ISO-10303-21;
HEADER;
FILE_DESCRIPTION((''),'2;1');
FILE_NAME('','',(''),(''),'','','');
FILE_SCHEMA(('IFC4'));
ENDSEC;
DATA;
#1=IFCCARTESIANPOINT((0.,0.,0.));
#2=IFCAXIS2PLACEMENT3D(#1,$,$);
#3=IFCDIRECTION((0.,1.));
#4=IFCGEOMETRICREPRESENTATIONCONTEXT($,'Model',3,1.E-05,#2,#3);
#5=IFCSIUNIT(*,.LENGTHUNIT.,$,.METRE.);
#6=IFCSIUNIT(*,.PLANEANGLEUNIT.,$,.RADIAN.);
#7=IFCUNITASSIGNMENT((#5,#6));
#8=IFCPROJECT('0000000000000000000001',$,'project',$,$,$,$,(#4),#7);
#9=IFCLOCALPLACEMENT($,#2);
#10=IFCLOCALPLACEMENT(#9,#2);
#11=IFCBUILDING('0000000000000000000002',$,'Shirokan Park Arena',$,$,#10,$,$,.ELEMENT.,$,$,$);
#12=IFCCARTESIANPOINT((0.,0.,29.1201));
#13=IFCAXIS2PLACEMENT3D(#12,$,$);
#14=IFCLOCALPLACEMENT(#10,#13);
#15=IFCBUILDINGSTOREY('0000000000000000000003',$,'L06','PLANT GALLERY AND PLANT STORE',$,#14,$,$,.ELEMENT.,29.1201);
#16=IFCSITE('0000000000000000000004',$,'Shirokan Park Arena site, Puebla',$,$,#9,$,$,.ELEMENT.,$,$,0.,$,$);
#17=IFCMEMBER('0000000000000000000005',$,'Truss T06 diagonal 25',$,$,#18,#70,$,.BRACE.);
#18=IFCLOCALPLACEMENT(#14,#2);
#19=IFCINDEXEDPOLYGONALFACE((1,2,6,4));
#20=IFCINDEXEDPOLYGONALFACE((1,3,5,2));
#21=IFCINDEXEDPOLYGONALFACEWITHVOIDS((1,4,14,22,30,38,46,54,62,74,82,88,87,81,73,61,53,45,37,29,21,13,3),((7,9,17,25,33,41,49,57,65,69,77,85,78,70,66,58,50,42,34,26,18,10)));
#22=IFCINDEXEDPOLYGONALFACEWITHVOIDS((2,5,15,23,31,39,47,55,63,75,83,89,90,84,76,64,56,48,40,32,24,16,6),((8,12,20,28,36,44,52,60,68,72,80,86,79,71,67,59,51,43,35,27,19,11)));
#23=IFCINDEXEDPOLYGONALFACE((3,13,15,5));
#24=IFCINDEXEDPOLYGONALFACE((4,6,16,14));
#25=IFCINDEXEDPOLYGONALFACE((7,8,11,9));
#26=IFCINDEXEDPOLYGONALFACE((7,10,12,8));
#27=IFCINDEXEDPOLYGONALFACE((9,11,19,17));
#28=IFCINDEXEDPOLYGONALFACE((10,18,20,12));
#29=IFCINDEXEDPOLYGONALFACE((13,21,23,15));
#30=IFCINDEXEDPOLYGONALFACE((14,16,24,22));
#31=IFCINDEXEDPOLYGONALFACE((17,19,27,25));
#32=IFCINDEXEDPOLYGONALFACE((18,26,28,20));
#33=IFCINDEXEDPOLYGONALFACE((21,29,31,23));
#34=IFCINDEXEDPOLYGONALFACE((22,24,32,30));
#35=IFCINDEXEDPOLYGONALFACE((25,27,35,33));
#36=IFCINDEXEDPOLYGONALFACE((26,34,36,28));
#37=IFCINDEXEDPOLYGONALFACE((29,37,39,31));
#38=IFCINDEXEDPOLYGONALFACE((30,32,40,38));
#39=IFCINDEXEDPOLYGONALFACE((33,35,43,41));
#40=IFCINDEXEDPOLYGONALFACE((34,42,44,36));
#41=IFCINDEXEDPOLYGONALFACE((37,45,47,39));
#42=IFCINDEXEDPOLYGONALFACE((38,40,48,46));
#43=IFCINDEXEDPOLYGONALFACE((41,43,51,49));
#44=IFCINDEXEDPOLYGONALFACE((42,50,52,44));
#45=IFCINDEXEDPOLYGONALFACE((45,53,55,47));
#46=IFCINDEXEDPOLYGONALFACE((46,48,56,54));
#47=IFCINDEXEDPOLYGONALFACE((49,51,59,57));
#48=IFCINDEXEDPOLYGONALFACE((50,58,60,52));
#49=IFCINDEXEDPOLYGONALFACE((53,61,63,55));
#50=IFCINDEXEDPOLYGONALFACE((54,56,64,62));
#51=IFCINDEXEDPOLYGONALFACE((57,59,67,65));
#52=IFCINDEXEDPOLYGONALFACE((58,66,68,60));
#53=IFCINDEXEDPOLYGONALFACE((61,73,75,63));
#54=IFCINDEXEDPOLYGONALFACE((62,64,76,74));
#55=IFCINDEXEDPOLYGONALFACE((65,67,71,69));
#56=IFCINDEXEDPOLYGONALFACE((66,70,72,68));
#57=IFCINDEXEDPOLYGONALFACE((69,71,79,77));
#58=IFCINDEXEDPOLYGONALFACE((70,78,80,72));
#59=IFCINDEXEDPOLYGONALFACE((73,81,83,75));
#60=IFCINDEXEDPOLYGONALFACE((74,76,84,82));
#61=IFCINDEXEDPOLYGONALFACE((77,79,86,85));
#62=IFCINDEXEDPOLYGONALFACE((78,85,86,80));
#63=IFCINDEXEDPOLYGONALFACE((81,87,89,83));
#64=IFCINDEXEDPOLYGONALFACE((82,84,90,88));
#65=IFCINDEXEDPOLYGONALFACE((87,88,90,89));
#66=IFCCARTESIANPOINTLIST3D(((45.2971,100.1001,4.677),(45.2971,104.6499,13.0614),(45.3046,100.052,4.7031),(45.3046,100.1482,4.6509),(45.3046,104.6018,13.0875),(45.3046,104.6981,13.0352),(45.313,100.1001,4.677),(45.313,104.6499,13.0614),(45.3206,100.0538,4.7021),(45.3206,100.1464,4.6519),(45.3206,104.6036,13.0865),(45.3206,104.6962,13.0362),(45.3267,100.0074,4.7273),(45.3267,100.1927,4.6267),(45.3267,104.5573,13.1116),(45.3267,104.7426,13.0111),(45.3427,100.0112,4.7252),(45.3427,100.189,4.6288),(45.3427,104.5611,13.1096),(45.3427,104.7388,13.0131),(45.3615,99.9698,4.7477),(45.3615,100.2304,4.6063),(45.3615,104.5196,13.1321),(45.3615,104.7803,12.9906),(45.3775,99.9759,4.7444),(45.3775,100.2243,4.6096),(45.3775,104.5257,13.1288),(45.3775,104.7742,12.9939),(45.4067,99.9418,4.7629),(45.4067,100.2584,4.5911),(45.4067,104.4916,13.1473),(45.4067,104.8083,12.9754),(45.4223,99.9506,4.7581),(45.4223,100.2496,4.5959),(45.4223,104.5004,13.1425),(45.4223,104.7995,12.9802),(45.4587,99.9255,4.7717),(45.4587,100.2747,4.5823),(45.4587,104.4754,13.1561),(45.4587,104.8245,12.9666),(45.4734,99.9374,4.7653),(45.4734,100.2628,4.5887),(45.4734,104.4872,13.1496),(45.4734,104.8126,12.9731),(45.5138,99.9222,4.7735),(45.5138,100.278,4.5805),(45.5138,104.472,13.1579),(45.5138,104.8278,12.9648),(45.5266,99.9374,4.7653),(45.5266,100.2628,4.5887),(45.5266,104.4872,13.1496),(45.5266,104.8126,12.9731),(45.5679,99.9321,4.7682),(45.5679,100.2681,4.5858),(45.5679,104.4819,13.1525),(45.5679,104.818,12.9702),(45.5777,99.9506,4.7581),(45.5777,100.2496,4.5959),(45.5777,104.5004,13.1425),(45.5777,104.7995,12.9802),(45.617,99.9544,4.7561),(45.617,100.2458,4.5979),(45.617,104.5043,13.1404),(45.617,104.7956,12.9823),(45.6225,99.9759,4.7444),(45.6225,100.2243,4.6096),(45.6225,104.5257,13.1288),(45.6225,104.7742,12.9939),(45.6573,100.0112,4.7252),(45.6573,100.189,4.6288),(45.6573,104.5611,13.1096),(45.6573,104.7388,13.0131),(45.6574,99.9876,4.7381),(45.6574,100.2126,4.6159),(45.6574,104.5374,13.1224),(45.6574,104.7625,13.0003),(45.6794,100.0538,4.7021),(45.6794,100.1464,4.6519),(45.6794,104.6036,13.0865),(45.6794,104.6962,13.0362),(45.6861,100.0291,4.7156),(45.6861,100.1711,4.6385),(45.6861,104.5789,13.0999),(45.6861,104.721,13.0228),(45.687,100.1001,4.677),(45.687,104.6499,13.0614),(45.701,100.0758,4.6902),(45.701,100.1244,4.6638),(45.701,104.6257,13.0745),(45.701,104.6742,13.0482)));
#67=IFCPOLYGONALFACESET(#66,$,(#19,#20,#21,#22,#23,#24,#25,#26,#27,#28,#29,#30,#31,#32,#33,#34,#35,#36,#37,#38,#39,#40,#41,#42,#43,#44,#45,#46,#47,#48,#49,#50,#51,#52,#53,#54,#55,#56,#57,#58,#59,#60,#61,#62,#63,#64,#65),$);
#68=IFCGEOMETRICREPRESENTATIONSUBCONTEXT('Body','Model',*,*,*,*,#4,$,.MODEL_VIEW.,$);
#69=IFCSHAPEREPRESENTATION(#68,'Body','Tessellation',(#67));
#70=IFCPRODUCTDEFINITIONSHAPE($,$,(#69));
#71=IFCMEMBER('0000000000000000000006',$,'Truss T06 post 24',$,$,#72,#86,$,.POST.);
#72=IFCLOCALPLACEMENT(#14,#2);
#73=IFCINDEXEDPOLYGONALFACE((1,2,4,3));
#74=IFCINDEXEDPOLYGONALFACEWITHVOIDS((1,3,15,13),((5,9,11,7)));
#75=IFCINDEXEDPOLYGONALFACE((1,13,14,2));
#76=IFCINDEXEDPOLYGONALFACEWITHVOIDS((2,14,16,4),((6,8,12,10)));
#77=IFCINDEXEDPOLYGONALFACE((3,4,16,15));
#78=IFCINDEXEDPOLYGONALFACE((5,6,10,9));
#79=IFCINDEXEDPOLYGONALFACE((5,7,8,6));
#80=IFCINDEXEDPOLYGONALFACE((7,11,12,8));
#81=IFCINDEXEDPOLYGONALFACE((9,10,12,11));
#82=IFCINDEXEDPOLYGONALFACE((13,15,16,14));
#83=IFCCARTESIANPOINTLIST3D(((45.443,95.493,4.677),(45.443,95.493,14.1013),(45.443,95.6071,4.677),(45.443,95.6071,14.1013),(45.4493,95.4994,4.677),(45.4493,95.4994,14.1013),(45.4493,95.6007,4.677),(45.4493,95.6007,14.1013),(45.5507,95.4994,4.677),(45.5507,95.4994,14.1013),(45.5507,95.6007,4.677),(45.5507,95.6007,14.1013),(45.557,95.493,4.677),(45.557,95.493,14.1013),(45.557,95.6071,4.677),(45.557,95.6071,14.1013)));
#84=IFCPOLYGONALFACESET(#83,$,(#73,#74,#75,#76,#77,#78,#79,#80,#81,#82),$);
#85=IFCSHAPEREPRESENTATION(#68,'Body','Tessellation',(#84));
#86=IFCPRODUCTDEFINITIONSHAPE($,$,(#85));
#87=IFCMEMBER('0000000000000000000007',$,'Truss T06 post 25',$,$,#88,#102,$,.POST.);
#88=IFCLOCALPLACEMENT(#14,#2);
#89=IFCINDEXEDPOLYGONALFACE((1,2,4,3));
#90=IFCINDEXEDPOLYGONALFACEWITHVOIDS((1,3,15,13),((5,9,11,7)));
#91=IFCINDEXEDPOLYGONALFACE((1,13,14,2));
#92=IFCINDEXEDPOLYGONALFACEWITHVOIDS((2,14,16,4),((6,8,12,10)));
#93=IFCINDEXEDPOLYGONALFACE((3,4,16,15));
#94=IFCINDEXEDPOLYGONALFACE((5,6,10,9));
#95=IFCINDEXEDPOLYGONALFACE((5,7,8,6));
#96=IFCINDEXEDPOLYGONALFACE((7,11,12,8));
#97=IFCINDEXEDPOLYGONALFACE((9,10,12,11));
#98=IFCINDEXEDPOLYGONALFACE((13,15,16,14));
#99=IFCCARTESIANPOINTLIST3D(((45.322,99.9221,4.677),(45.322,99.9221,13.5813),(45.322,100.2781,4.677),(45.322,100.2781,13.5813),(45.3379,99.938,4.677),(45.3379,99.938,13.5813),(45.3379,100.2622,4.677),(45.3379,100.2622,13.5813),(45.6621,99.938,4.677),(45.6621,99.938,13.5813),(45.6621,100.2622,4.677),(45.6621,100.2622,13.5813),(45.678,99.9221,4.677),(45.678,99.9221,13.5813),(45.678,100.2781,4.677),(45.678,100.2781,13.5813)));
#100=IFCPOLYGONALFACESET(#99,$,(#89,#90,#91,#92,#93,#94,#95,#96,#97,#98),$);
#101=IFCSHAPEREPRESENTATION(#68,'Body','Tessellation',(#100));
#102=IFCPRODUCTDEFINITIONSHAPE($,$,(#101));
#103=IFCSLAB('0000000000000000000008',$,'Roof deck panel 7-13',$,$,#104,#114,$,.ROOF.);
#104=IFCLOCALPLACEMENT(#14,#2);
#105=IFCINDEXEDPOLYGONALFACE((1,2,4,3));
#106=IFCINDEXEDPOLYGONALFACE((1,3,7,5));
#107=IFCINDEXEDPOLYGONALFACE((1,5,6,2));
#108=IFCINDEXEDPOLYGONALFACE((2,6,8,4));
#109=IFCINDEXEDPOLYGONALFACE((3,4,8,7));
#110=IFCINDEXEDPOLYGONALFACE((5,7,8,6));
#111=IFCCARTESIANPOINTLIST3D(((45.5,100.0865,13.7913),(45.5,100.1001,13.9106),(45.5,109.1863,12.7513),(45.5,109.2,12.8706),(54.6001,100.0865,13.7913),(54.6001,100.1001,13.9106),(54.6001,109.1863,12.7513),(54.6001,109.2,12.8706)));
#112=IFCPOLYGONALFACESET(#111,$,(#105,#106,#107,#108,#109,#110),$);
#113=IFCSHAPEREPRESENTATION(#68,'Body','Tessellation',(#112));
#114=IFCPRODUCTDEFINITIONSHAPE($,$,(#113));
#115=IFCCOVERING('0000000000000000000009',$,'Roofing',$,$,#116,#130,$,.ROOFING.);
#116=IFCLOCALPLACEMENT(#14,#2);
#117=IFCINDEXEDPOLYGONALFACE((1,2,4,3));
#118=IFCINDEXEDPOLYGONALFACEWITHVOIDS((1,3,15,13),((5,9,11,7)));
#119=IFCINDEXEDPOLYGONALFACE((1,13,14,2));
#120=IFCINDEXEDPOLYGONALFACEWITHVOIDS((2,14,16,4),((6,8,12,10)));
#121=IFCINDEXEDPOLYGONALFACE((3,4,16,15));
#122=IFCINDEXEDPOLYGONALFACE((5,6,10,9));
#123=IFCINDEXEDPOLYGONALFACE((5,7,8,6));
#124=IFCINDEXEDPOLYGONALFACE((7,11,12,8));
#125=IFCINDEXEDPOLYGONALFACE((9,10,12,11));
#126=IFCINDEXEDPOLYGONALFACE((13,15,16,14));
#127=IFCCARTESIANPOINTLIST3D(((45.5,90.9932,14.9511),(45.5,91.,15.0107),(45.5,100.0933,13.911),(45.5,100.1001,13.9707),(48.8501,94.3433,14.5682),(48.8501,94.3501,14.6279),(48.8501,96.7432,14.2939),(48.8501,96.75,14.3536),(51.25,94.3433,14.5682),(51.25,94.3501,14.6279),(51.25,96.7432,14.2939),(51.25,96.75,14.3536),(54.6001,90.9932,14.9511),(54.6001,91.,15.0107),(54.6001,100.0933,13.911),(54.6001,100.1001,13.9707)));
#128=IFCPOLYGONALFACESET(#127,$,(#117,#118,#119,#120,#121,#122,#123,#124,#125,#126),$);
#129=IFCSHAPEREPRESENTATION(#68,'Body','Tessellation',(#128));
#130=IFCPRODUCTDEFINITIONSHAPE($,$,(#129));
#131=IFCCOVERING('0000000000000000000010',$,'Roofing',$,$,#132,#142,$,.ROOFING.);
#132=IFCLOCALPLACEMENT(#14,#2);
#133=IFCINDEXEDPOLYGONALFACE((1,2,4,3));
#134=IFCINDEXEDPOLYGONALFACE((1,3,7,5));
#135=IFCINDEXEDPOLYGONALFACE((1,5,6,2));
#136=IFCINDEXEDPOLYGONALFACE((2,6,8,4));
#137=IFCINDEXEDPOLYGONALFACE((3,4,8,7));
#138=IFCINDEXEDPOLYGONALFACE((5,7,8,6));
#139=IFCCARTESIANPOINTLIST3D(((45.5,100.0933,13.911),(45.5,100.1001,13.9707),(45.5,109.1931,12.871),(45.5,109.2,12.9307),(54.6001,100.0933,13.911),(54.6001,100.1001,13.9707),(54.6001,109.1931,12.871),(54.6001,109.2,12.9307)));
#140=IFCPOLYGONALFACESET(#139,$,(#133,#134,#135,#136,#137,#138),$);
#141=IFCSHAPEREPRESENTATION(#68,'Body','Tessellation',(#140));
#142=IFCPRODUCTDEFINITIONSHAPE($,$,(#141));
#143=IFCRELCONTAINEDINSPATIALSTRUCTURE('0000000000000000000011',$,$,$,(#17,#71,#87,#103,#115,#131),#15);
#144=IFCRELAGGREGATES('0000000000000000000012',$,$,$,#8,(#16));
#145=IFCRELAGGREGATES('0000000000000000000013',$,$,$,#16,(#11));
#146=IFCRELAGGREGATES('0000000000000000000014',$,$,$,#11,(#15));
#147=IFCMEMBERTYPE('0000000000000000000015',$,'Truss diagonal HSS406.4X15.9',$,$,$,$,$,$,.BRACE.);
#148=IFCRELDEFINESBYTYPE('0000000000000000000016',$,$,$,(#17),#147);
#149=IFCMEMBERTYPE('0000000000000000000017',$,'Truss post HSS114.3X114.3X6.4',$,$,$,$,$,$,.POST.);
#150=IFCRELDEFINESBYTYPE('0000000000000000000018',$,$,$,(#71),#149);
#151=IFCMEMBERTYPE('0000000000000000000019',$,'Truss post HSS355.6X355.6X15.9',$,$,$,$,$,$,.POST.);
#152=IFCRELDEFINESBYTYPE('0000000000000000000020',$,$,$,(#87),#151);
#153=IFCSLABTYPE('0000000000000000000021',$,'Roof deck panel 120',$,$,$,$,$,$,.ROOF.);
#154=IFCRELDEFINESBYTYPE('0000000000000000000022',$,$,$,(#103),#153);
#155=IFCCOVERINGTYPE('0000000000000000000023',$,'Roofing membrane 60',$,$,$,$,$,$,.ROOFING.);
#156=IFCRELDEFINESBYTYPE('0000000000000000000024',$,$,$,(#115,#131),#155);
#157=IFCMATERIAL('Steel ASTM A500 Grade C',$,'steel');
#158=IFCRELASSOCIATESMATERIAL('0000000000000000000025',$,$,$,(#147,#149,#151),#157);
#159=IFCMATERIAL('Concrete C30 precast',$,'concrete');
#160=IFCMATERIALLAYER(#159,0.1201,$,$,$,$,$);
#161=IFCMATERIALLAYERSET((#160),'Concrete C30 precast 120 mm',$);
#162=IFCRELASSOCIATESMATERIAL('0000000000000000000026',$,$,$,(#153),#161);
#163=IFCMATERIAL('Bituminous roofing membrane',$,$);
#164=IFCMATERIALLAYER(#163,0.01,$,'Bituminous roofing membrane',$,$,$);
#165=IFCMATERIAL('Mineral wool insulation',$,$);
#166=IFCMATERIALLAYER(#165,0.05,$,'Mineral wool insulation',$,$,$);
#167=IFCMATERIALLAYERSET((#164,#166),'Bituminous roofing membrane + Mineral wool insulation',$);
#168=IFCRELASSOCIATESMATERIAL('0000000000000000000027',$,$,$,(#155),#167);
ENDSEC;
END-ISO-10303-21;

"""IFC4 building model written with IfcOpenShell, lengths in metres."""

from ifc_helpers import new_model, si_unit, direction, frame, origin, origin_2d, place, context, subcontext, project, spatial, polyline, hollow_rectangle, hollow_circle, outline, extrude, material, layer, layer_set, material_profile, profile_set, type_object, element, save


model = new_model("IFC4")

# Units and contexts
model_context = context("Model", 3, precision=1e-05, world=origin(), true_north=direction((0.0, 1.0)))
body_context = subcontext(model_context, "Body", "Model", "MODEL_VIEW")
ifc_project = project(units=[si_unit("LENGTHUNIT", "METRE"), si_unit("PLANEANGLEUNIT", "RADIAN")], contexts=[model_context])

# Site, building, storey
site_placement = place(None, origin())
site = spatial("IfcSite", under=ifc_project, at=site_placement, Name="Shirokan Park Arena site, Puebla", CompositionType="ELEMENT", RefElevation=0.0)
building_placement = place(site_placement, origin())
building = spatial("IfcBuilding", under=site, at=building_placement, Name="Shirokan Park Arena", CompositionType="ELEMENT")
storey_placement = place(building_placement, frame((0.0, 0.0, 29.1201)))
storey = spatial("IfcBuildingStorey", under=building, at=storey_placement, Name="L06", Description="PLANT GALLERY AND PLANT STORE", CompositionType="ELEMENT", Elevation=29.1201)

# Shared definitions
ifc_material_1 = material(Name="Steel ASTM A500 Grade C", Category="steel")

# Members
ifc_material_profile_1 = material_profile(ifc_material_1, hollow_circle(Radius=0.2029, WallThickness=0.0159, at=origin_2d()), Name="HSS406.4X15.9")
ifc_profile_set_1 = profile_set([ifc_material_profile_1], Name="Steel ASTM A500 Grade C")
member_type_1 = type_object("IfcMemberType", Name="Truss diagonal HSS406.4X15.9", PredefinedType="BRACE", material=ifc_profile_set_1)
member_1_placement = place(storey_placement, frame((45.5, 100.1001, 4.677), z_axis=(0.0, 0.476957, 0.878926), x_axis=(-1.0, 0.0, 0.0)))
element("IfcMember", 1, at=member_1_placement, inside=storey, type_object=member_type_1, Name="Truss T06 diagonal 25", PredefinedType="BRACE", context=body_context, shape_type="SweptSolid", body=[
    extrude(hollow_circle(Radius=0.2029, WallThickness=0.0159, at=origin_2d()), origin(), (0.0, 0.0, 1.0), 9.5393),
])
ifc_material_profile_2 = material_profile(ifc_material_1, hollow_rectangle(XDim=0.114, YDim=0.114, WallThickness=0.0063, at=origin_2d()), Name="HSS114.3X114.3X6.4")
ifc_profile_set_2 = profile_set([ifc_material_profile_2], Name="Steel ASTM A500 Grade C")
member_type_2 = type_object("IfcMemberType", Name="Truss post HSS114.3X114.3X6.4", PredefinedType="POST", material=ifc_profile_set_2)
member_2_placement = place(storey_placement, frame((45.5, 95.55, 4.677), z_axis=(0.0, 0.0, 1.0), x_axis=(1.0, 0.0, 0.0)))
element("IfcMember", 2, at=member_2_placement, inside=storey, type_object=member_type_2, Name="Truss T06 post 24", PredefinedType="POST", context=body_context, shape_type="SweptSolid", body=[
    extrude(hollow_rectangle(XDim=0.114, YDim=0.114, WallThickness=0.0063, at=origin_2d()), origin(), (0.0, 0.0, 1.0), 9.4243),
])
ifc_material_profile_3 = material_profile(ifc_material_1, hollow_rectangle(XDim=0.356, YDim=0.356, WallThickness=0.0159, at=origin_2d()), Name="HSS355.6X355.6X15.9")
ifc_profile_set_3 = profile_set([ifc_material_profile_3], Name="Steel ASTM A500 Grade C")
member_type_3 = type_object("IfcMemberType", Name="Truss post HSS355.6X355.6X15.9", PredefinedType="POST", material=ifc_profile_set_3)
member_3_placement = place(storey_placement, frame((45.5, 100.1001, 4.677), z_axis=(0.0, 0.0, 1.0), x_axis=(1.0, 0.0, 0.0)))
element("IfcMember", 3, at=member_3_placement, inside=storey, type_object=member_type_3, Name="Truss T06 post 25", PredefinedType="POST", context=body_context, shape_type="SweptSolid", body=[
    extrude(hollow_rectangle(XDim=0.356, YDim=0.356, WallThickness=0.0159, at=origin_2d()), origin(), (0.0, 0.0, 1.0), 8.9043),
])

# Slab
ifc_material_2 = material(Name="Concrete C30 precast", Category="concrete")
ifc_layer_1 = layer(ifc_material_2, 0.1201)
ifc_layer_set_1 = layer_set([ifc_layer_1], Name="Concrete C30 precast 120 mm")
slab_type = type_object("IfcSlabType", Name="Roof deck panel 120", PredefinedType="ROOF", material=ifc_layer_set_1)
slab_placement = place(storey_placement, frame((45.5, 100.1001, 13.9106), z_axis=(0.0, 0.113553, 0.993532), x_axis=(1.0, 0.0, 0.0)))
element("IfcSlab", 4, at=slab_placement, inside=storey, type_object=slab_type, Name="Roof deck panel 7-13", PredefinedType="ROOF", context=body_context, shape_type="SweptSolid", body=[
    extrude(outline(polyline([(0.0, 0.0), (9.1001, 0.0), (9.1001, 9.1591), (0.0, 9.1591), (0.0, 0.0)])), origin(), (0.0, 0.0, -1.0), 0.1201),
])

# Coverings
ifc_material_3 = material(Name="Bituminous roofing membrane")
ifc_layer_2 = layer(ifc_material_3, 0.01, Name="Bituminous roofing membrane")
ifc_material_4 = material(Name="Mineral wool insulation")
ifc_layer_3 = layer(ifc_material_4, 0.05, Name="Mineral wool insulation")
ifc_layer_set_2 = layer_set([ifc_layer_2, ifc_layer_3], Name="Bituminous roofing membrane + Mineral wool insulation")
covering_type = type_object("IfcCoveringType", Name="Roofing membrane 60", PredefinedType="ROOFING", material=ifc_layer_set_2)
covering_1_placement = place(storey_placement, frame((45.5, 91.0, 15.0107), z_axis=(0.0, 0.11355, 0.993532), x_axis=(1.0, 0.0, 0.0)))
element("IfcCovering", 5, at=covering_1_placement, inside=storey, type_object=covering_type, Name="Roofing", PredefinedType="ROOFING", context=body_context, shape_type="SweptSolid", body=[
    extrude(outline(polyline([(0.0, 0.0), (9.1001, 0.0), (9.1001, 9.1593), (0.0, 9.1593), (0.0, 0.0)]), holes=[polyline([(5.75, 3.3719), (5.75, 5.7874), (3.3501, 5.7874), (3.3501, 3.3719), (5.75, 3.3719)])]), origin(), (0.0, 0.0, -1.0), 0.0601),
])
covering_2_placement = place(storey_placement, frame((45.5, 100.1001, 13.9707), z_axis=(0.0, 0.113553, 0.993532), x_axis=(1.0, 0.0, 0.0)))
element("IfcCovering", 6, at=covering_2_placement, inside=storey, type_object=covering_type, Name="Roofing", PredefinedType="ROOFING", context=body_context, shape_type="SweptSolid", body=[
    extrude(outline(polyline([(0.0, 0.0), (9.1001, 0.0), (9.1001, 9.1591), (0.0, 9.1591), (0.0, 0.0)])), origin(), (0.0, 0.0, -1.0), 0.0601),
])

save(model, "model.ifc")
